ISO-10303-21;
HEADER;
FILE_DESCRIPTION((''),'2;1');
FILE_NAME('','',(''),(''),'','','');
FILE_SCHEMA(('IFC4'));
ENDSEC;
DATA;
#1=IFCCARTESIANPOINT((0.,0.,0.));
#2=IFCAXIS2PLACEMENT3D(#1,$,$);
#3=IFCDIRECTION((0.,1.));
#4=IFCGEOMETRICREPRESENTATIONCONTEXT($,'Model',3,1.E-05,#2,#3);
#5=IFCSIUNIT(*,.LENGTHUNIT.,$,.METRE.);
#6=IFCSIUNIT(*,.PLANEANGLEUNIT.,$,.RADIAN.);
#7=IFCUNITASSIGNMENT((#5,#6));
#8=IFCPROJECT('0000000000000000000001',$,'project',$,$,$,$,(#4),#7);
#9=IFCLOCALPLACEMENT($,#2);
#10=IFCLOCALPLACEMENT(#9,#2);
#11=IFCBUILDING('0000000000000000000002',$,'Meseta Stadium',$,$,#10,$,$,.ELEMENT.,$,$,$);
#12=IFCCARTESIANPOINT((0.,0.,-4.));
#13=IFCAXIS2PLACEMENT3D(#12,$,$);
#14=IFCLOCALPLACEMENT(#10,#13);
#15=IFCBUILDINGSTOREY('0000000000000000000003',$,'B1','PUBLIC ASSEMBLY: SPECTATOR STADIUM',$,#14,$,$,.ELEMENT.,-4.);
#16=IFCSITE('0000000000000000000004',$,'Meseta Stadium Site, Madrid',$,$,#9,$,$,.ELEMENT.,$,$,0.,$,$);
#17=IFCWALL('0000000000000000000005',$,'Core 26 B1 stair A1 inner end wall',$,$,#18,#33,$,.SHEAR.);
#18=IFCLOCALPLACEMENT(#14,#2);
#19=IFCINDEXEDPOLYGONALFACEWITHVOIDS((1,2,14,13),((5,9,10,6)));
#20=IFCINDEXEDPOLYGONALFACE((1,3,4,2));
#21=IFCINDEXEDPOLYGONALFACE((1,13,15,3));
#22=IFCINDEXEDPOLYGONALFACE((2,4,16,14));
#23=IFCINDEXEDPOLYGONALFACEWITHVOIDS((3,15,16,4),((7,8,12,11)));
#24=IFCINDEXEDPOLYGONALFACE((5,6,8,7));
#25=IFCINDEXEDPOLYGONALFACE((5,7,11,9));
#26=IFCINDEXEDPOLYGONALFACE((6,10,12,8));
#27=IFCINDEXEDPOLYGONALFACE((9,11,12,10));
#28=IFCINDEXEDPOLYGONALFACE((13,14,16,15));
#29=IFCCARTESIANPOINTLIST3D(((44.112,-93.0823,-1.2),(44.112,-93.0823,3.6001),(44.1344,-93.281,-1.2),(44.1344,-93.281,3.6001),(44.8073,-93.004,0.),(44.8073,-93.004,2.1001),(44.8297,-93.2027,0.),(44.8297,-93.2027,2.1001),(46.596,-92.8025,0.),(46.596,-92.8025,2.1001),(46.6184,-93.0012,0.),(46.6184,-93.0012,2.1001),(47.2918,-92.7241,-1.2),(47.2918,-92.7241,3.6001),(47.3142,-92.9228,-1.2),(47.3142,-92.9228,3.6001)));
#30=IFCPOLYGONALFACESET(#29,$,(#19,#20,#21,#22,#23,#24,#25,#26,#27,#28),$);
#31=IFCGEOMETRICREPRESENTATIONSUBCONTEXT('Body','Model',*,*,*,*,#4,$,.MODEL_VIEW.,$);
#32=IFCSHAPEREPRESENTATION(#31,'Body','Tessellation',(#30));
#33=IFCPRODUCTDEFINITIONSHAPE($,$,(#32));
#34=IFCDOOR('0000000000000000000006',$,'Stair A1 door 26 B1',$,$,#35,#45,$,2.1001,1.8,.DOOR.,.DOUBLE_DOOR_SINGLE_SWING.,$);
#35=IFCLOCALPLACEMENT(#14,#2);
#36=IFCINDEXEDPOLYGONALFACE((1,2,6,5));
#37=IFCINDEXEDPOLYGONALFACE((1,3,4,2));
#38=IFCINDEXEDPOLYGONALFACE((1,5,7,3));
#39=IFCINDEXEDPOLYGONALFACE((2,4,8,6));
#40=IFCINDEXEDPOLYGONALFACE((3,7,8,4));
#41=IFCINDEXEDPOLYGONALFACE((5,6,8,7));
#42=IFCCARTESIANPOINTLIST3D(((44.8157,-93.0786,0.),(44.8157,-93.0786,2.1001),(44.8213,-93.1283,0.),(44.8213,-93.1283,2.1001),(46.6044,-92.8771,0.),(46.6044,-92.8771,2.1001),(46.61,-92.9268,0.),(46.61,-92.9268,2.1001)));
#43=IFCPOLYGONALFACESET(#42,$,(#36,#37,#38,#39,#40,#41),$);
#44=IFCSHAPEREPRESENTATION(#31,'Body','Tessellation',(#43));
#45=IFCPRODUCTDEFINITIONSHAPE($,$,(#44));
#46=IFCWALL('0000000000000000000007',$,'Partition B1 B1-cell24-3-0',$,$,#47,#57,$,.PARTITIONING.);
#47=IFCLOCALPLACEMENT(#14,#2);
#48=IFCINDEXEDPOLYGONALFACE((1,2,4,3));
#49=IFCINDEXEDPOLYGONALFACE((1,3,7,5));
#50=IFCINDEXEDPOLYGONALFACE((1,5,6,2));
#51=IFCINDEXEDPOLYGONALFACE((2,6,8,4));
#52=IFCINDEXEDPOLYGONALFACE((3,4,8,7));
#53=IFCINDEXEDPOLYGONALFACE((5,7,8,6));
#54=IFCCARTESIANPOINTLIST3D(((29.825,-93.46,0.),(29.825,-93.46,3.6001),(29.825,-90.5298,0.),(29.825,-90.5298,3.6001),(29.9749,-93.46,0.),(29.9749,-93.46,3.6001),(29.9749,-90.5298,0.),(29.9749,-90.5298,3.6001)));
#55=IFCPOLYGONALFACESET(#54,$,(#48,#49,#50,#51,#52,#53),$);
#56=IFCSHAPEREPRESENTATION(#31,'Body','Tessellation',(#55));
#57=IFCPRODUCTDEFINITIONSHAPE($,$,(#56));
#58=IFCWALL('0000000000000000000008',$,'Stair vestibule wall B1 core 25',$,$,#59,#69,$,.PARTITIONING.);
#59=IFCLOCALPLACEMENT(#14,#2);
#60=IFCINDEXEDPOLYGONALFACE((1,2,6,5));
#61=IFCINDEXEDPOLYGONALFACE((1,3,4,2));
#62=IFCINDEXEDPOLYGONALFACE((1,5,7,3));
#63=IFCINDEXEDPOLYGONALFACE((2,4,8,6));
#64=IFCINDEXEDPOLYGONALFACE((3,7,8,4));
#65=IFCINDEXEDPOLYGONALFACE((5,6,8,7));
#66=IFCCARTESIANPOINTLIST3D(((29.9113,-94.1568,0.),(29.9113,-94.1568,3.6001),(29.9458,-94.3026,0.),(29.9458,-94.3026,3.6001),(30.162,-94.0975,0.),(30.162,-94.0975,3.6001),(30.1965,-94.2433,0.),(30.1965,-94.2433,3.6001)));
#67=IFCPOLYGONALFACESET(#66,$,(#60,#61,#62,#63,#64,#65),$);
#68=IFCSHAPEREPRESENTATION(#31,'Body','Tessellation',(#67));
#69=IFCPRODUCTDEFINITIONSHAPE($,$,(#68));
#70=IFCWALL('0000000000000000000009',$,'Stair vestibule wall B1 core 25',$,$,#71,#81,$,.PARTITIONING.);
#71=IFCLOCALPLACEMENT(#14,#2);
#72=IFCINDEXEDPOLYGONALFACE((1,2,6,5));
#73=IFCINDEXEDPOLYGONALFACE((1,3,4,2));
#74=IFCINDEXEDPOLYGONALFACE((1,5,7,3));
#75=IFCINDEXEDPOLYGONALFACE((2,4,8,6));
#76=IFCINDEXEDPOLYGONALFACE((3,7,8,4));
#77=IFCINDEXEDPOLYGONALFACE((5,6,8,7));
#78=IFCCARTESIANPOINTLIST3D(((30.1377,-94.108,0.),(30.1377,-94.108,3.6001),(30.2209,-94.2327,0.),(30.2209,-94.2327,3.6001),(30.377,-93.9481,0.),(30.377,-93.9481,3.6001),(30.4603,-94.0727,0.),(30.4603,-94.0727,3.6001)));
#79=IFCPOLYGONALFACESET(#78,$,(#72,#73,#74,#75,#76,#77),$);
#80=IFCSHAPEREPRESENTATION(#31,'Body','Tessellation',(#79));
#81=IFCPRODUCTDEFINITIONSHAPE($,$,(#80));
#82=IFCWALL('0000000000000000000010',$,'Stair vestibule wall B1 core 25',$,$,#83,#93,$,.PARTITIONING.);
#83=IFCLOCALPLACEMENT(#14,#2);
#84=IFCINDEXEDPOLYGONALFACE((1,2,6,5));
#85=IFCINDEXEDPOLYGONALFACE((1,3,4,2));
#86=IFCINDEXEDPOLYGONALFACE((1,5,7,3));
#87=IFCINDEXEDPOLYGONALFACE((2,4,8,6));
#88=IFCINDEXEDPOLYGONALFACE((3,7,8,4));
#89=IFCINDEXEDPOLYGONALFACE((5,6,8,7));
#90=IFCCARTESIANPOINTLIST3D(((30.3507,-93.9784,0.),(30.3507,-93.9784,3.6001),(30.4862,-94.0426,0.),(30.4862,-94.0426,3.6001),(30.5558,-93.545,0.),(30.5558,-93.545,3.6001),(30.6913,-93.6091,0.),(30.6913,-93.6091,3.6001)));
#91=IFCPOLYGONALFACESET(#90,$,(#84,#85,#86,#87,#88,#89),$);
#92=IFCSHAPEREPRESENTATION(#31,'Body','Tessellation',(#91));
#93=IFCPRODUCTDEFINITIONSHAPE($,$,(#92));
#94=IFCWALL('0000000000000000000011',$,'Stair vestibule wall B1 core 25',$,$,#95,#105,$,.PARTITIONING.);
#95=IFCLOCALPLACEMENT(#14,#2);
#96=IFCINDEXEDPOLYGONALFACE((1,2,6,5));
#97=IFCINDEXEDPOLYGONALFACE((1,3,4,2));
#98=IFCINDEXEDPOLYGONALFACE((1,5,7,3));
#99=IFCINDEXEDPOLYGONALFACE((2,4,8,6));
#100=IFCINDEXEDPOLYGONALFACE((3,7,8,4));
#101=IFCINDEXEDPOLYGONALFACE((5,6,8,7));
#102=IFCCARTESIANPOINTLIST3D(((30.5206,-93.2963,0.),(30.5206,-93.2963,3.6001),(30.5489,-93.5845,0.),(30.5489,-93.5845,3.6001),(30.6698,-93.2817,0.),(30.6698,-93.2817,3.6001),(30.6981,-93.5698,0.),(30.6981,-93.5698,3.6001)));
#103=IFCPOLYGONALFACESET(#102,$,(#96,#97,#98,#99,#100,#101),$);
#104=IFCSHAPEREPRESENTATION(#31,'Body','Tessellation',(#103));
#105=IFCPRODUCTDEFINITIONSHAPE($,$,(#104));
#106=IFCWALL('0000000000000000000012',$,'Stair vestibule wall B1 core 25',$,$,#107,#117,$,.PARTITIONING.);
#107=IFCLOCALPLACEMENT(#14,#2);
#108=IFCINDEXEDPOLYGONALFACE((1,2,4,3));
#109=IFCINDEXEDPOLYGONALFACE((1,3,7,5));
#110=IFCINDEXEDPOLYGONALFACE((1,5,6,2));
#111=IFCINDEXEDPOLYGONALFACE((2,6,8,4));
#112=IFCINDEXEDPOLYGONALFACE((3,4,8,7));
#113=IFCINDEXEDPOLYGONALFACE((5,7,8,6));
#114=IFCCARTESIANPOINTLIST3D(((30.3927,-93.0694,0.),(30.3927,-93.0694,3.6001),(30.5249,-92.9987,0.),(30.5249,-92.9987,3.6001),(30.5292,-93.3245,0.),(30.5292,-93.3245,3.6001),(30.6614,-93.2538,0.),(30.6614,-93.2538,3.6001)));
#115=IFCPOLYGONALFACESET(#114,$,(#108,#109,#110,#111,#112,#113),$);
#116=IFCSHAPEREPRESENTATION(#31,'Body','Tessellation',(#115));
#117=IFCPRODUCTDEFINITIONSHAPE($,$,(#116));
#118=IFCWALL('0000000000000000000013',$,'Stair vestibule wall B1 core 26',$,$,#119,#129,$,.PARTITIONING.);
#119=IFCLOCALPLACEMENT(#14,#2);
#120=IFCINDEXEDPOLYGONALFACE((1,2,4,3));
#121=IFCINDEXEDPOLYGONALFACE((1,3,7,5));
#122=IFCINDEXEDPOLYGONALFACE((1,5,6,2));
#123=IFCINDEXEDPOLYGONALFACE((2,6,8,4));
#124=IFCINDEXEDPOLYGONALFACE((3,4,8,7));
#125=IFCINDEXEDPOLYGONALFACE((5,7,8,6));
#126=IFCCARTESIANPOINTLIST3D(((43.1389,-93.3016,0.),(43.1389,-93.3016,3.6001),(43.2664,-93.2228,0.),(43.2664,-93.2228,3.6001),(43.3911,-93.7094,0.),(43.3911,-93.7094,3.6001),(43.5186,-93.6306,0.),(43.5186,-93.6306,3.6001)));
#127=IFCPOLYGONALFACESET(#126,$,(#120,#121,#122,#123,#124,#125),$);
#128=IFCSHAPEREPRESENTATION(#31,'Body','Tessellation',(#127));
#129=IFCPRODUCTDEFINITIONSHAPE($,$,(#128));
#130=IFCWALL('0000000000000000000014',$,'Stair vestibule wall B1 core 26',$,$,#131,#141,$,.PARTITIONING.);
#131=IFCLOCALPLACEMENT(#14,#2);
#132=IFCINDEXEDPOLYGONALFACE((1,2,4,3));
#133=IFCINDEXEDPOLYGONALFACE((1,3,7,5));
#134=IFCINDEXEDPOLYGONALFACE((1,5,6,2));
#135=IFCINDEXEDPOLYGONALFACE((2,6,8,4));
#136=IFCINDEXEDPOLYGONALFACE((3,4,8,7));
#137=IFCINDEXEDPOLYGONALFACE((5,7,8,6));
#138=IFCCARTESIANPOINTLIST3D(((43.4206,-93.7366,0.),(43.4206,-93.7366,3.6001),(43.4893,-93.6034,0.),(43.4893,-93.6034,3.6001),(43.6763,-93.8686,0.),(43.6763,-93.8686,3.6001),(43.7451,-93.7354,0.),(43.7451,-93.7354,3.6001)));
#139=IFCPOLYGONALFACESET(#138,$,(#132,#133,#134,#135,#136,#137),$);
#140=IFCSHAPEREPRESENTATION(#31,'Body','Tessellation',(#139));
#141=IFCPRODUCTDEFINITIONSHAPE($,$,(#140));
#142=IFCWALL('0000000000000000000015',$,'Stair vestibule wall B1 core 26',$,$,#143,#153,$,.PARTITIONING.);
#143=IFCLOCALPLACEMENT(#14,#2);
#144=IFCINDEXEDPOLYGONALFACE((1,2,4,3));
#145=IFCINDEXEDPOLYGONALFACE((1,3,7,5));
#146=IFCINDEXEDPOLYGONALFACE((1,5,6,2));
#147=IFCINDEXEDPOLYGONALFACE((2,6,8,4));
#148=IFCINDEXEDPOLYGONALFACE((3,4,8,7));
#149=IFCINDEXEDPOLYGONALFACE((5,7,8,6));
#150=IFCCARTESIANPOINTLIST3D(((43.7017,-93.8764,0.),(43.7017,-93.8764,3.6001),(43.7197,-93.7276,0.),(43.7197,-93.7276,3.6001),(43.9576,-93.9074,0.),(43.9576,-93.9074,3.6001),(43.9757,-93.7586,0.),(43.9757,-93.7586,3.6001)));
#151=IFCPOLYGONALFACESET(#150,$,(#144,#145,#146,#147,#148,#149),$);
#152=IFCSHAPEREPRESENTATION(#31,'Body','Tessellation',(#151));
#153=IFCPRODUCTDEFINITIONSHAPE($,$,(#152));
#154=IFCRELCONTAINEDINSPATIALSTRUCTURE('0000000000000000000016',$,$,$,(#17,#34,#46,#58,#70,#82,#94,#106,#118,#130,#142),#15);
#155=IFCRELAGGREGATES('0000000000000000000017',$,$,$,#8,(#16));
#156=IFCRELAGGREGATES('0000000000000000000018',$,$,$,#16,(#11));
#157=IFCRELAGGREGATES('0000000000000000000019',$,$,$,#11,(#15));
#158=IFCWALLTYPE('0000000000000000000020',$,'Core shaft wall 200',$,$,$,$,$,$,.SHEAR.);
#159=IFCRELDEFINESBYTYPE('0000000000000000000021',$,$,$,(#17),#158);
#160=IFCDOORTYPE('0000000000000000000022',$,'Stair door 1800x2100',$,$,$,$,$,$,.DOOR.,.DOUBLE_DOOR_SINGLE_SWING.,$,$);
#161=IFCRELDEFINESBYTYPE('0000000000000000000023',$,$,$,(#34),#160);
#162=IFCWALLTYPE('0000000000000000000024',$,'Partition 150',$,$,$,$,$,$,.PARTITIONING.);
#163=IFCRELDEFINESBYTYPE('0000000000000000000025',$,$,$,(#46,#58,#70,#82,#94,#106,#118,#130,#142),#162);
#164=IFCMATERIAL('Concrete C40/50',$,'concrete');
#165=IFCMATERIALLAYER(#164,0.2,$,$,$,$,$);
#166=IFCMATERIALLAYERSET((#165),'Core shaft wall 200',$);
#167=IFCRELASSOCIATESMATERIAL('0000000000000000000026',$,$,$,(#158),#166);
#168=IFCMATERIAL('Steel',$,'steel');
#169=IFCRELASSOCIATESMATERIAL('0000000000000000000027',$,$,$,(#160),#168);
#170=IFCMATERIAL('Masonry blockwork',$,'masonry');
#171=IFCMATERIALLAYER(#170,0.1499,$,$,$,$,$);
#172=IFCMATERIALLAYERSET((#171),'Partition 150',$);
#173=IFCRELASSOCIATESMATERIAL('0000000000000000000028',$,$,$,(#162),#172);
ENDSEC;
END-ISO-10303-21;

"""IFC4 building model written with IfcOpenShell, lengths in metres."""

from ifc_helpers import new_model, si_unit, direction, frame, frame_2d, origin, place, context, subcontext, project, spatial, rectangle, extrude, material, layer, layer_set, type_object, element, fill, save


model = new_model("IFC4")

# Units and contexts
model_context = context("Model", 3, precision=1e-05, world=origin(), true_north=direction((0.0, 1.0)))
body_context = subcontext(model_context, "Body", "Model", "MODEL_VIEW")
ifc_project = project(units=[si_unit("LENGTHUNIT", "METRE"), si_unit("PLANEANGLEUNIT", "RADIAN")], contexts=[model_context])

# Site, building, storey
site_placement = place(None, origin())
site = spatial("IfcSite", under=ifc_project, at=site_placement, Name="Meseta Stadium Site, Madrid", CompositionType="ELEMENT", RefElevation=0.0)
building_placement = place(site_placement, origin())
building = spatial("IfcBuilding", under=site, at=building_placement, Name="Meseta Stadium", CompositionType="ELEMENT")
storey_placement = place(building_placement, frame((0.0, 0.0, -4.0)))
storey = spatial("IfcBuildingStorey", under=building, at=storey_placement, Name="B1", Description="PUBLIC ASSEMBLY: SPECTATOR STADIUM", CompositionType="ELEMENT", Elevation=-4.0)

# Wall, opening, door
ifc_material_1 = material(Name="Concrete C40/50", Category="concrete")
ifc_layer_1 = layer(ifc_material_1, 0.2)
ifc_layer_set_1 = layer_set([ifc_layer_1], Name="Core shaft wall 200")
wall_type_1 = type_object("IfcWallType", Name="Core shaft wall 200", PredefinedType="SHEAR", material=ifc_layer_set_1)
wall_1_placement = place(storey_placement, frame((44.123, -93.1816, -1.2), z_axis=(0.0, 0.0, 1.0), x_axis=(0.993717, 0.111922, 0.0)))
wall_1 = element("IfcWall", 1, at=wall_1_placement, inside=storey, type_object=wall_type_1, Name="Core 26 B1 stair A1 inner end wall", PredefinedType="SHEAR", context=body_context, shape_type="SweptSolid", body=[
    extrude(rectangle(XDim=3.2, YDim=0.2, at=frame_2d((1.6001, 0.0))), origin(), (0.0, 0.0, 1.0), 4.8),
])
opening_placement = place(wall_1_placement, frame((0.7, 0.0, 1.2)))
opening = element("IfcOpeningElement", 2, at=opening_placement, cuts=wall_1, PredefinedType="OPENING", context=body_context, shape_type="SweptSolid", body=[
    extrude(rectangle(XDim=1.8, YDim=2.1001, at=frame_2d((0.8999, 1.05))), frame((0.0, 0.1099, 0.0), z_axis=(0.0, -1.0, 0.0), x_axis=(1.0, 0.0, 0.0)), (0.0, 0.0, 1.0), 0.22),
])
ifc_material_2 = material(Name="Steel", Category="steel")
door_type = type_object("IfcDoorType", Name="Stair door 1800x2100", OperationType="DOUBLE_DOOR_SINGLE_SWING", PredefinedType="DOOR", material=ifc_material_2)
door_placement = place(opening_placement, origin())
door = element("IfcDoor", 3, at=door_placement, inside=storey, type_object=door_type, Name="Stair A1 door 26 B1", OperationType="DOUBLE_DOOR_SINGLE_SWING", OverallHeight=2.1001, OverallWidth=1.8, PredefinedType="DOOR", context=body_context, shape_type="SweptSolid", body=[
    extrude(rectangle(XDim=1.8, YDim=2.1001, at=frame_2d((0.8999, 1.05))), frame((0.0, 0.0249, 0.0), z_axis=(0.0, -1.0, 0.0), x_axis=(1.0, 0.0, 0.0)), (0.0, 0.0, 1.0), 0.05),
])
fill(opening, door)

# Walls
ifc_material_3 = material(Name="Masonry blockwork", Category="masonry")
ifc_layer_2 = layer(ifc_material_3, 0.1499)
ifc_layer_set_2 = layer_set([ifc_layer_2], Name="Partition 150")
wall_type_2 = type_object("IfcWallType", Name="Partition 150", PredefinedType="PARTITIONING", material=ifc_layer_set_2)
wall_2_placement = place(storey_placement, frame((29.8999, -93.46, 0.0), z_axis=(0.0, 0.0, 1.0), x_axis=(0.0, 1.0, 0.0)))
element("IfcWall", 4, at=wall_2_placement, inside=storey, type_object=wall_type_2, Name="Partition B1 B1-cell24-3-0", PredefinedType="PARTITIONING", context=body_context, shape_type="SweptSolid", body=[
    extrude(rectangle(XDim=2.9302, YDim=0.1499, at=frame_2d((1.4651, 0.0))), origin(), (0.0, 0.0, 1.0), 3.6001),
])
wall_3_placement = place(storey_placement, frame((29.9285, -94.2297, 0.0), z_axis=(0.0, 0.0, 1.0), x_axis=(0.973131, 0.230254, 0.0)))
element("IfcWall", 5, at=wall_3_placement, inside=storey, type_object=wall_type_2, Name="Stair vestibule wall B1 core 25", PredefinedType="PARTITIONING", context=body_context, shape_type="SweptSolid", body=[
    extrude(rectangle(XDim=0.2576, YDim=0.1499, at=frame_2d((0.1289, 0.0))), origin(), (0.0, 0.0, 1.0), 3.6001),
])
wall_4_placement = place(storey_placement, frame((30.1792, -94.1704, 0.0), z_axis=(0.0, 0.0, 1.0), x_axis=(0.831397, 0.555679, 0.0)))
element("IfcWall", 6, at=wall_4_placement, inside=storey, type_object=wall_type_2, Name="Stair vestibule wall B1 core 25", PredefinedType="PARTITIONING", context=body_context, shape_type="SweptSolid", body=[
    extrude(rectangle(XDim=0.2878, YDim=0.1499, at=frame_2d((0.144, 0.0))), origin(), (0.0, 0.0, 1.0), 3.6001),
])
wall_5_placement = place(storey_placement, frame((30.4185, -94.0105, 0.0), z_axis=(0.0, 0.0, 1.0), x_axis=(0.427758, 0.903893, 0.0)))
element("IfcWall", 7, at=wall_5_placement, inside=storey, type_object=wall_type_2, Name="Stair vestibule wall B1 core 25", PredefinedType="PARTITIONING", context=body_context, shape_type="SweptSolid", body=[
    extrude(rectangle(XDim=0.4795, YDim=0.1499, at=frame_2d((0.2397, 0.0))), origin(), (0.0, 0.0, 1.0), 3.6001),
])
wall_6_placement = place(storey_placement, frame((30.6235, -93.5771, 0.0), z_axis=(0.0, 0.0, 1.0), x_axis=(-0.097833, 0.995203, 0.0)))
element("IfcWall", 8, at=wall_6_placement, inside=storey, type_object=wall_type_2, Name="Stair vestibule wall B1 core 25", PredefinedType="PARTITIONING", context=body_context, shape_type="SweptSolid", body=[
    extrude(rectangle(XDim=0.2896, YDim=0.1499, at=frame_2d((0.1448, 0.0))), origin(), (0.0, 0.0, 1.0), 3.6001),
])
wall_7_placement = place(storey_placement, frame((30.5952, -93.2891, 0.0), z_axis=(0.0, 0.0, 1.0), x_axis=(-0.471683, 0.881768, 0.0)))
element("IfcWall", 9, at=wall_7_placement, inside=storey, type_object=wall_type_2, Name="Stair vestibule wall B1 core 25", PredefinedType="PARTITIONING", context=body_context, shape_type="SweptSolid", body=[
    extrude(rectangle(XDim=0.2893, YDim=0.1499, at=frame_2d((0.1445, 0.0))), origin(), (0.0, 0.0, 1.0), 3.6001),
])
wall_8_placement = place(storey_placement, frame((43.2026, -93.2622, 0.0), z_axis=(0.0, 0.0, 1.0), x_axis=(0.526057, -0.85045, 0.0)))
element("IfcWall", 10, at=wall_8_placement, inside=storey, type_object=wall_type_2, Name="Stair vestibule wall B1 core 26", PredefinedType="PARTITIONING", context=body_context, shape_type="SweptSolid", body=[
    extrude(rectangle(XDim=0.4795, YDim=0.1499, at=frame_2d((0.2397, 0.0))), origin(), (0.0, 0.0, 1.0), 3.6001),
])
wall_9_placement = place(storey_placement, frame((43.4548, -93.6699, 0.0), z_axis=(0.0, 0.0, 1.0), x_axis=(0.888587, -0.458708, 0.0)))
element("IfcWall", 11, at=wall_9_placement, inside=storey, type_object=wall_type_2, Name="Stair vestibule wall B1 core 26", PredefinedType="PARTITIONING", context=body_context, shape_type="SweptSolid", body=[
    extrude(rectangle(XDim=0.2878, YDim=0.1499, at=frame_2d((0.144, 0.0))), origin(), (0.0, 0.0, 1.0), 3.6001),
])
wall_10_placement = place(storey_placement, frame((43.7107, -93.802, 0.0), z_axis=(0.0, 0.0, 1.0), x_axis=(0.992737, -0.120303, 0.0)))
element("IfcWall", 12, at=wall_10_placement, inside=storey, type_object=wall_type_2, Name="Stair vestibule wall B1 core 26", PredefinedType="PARTITIONING", context=body_context, shape_type="SweptSolid", body=[
    extrude(rectangle(XDim=0.2578, YDim=0.1499, at=frame_2d((0.1289, 0.0))), origin(), (0.0, 0.0, 1.0), 3.6001),
])

save(model, "model.ifc")
